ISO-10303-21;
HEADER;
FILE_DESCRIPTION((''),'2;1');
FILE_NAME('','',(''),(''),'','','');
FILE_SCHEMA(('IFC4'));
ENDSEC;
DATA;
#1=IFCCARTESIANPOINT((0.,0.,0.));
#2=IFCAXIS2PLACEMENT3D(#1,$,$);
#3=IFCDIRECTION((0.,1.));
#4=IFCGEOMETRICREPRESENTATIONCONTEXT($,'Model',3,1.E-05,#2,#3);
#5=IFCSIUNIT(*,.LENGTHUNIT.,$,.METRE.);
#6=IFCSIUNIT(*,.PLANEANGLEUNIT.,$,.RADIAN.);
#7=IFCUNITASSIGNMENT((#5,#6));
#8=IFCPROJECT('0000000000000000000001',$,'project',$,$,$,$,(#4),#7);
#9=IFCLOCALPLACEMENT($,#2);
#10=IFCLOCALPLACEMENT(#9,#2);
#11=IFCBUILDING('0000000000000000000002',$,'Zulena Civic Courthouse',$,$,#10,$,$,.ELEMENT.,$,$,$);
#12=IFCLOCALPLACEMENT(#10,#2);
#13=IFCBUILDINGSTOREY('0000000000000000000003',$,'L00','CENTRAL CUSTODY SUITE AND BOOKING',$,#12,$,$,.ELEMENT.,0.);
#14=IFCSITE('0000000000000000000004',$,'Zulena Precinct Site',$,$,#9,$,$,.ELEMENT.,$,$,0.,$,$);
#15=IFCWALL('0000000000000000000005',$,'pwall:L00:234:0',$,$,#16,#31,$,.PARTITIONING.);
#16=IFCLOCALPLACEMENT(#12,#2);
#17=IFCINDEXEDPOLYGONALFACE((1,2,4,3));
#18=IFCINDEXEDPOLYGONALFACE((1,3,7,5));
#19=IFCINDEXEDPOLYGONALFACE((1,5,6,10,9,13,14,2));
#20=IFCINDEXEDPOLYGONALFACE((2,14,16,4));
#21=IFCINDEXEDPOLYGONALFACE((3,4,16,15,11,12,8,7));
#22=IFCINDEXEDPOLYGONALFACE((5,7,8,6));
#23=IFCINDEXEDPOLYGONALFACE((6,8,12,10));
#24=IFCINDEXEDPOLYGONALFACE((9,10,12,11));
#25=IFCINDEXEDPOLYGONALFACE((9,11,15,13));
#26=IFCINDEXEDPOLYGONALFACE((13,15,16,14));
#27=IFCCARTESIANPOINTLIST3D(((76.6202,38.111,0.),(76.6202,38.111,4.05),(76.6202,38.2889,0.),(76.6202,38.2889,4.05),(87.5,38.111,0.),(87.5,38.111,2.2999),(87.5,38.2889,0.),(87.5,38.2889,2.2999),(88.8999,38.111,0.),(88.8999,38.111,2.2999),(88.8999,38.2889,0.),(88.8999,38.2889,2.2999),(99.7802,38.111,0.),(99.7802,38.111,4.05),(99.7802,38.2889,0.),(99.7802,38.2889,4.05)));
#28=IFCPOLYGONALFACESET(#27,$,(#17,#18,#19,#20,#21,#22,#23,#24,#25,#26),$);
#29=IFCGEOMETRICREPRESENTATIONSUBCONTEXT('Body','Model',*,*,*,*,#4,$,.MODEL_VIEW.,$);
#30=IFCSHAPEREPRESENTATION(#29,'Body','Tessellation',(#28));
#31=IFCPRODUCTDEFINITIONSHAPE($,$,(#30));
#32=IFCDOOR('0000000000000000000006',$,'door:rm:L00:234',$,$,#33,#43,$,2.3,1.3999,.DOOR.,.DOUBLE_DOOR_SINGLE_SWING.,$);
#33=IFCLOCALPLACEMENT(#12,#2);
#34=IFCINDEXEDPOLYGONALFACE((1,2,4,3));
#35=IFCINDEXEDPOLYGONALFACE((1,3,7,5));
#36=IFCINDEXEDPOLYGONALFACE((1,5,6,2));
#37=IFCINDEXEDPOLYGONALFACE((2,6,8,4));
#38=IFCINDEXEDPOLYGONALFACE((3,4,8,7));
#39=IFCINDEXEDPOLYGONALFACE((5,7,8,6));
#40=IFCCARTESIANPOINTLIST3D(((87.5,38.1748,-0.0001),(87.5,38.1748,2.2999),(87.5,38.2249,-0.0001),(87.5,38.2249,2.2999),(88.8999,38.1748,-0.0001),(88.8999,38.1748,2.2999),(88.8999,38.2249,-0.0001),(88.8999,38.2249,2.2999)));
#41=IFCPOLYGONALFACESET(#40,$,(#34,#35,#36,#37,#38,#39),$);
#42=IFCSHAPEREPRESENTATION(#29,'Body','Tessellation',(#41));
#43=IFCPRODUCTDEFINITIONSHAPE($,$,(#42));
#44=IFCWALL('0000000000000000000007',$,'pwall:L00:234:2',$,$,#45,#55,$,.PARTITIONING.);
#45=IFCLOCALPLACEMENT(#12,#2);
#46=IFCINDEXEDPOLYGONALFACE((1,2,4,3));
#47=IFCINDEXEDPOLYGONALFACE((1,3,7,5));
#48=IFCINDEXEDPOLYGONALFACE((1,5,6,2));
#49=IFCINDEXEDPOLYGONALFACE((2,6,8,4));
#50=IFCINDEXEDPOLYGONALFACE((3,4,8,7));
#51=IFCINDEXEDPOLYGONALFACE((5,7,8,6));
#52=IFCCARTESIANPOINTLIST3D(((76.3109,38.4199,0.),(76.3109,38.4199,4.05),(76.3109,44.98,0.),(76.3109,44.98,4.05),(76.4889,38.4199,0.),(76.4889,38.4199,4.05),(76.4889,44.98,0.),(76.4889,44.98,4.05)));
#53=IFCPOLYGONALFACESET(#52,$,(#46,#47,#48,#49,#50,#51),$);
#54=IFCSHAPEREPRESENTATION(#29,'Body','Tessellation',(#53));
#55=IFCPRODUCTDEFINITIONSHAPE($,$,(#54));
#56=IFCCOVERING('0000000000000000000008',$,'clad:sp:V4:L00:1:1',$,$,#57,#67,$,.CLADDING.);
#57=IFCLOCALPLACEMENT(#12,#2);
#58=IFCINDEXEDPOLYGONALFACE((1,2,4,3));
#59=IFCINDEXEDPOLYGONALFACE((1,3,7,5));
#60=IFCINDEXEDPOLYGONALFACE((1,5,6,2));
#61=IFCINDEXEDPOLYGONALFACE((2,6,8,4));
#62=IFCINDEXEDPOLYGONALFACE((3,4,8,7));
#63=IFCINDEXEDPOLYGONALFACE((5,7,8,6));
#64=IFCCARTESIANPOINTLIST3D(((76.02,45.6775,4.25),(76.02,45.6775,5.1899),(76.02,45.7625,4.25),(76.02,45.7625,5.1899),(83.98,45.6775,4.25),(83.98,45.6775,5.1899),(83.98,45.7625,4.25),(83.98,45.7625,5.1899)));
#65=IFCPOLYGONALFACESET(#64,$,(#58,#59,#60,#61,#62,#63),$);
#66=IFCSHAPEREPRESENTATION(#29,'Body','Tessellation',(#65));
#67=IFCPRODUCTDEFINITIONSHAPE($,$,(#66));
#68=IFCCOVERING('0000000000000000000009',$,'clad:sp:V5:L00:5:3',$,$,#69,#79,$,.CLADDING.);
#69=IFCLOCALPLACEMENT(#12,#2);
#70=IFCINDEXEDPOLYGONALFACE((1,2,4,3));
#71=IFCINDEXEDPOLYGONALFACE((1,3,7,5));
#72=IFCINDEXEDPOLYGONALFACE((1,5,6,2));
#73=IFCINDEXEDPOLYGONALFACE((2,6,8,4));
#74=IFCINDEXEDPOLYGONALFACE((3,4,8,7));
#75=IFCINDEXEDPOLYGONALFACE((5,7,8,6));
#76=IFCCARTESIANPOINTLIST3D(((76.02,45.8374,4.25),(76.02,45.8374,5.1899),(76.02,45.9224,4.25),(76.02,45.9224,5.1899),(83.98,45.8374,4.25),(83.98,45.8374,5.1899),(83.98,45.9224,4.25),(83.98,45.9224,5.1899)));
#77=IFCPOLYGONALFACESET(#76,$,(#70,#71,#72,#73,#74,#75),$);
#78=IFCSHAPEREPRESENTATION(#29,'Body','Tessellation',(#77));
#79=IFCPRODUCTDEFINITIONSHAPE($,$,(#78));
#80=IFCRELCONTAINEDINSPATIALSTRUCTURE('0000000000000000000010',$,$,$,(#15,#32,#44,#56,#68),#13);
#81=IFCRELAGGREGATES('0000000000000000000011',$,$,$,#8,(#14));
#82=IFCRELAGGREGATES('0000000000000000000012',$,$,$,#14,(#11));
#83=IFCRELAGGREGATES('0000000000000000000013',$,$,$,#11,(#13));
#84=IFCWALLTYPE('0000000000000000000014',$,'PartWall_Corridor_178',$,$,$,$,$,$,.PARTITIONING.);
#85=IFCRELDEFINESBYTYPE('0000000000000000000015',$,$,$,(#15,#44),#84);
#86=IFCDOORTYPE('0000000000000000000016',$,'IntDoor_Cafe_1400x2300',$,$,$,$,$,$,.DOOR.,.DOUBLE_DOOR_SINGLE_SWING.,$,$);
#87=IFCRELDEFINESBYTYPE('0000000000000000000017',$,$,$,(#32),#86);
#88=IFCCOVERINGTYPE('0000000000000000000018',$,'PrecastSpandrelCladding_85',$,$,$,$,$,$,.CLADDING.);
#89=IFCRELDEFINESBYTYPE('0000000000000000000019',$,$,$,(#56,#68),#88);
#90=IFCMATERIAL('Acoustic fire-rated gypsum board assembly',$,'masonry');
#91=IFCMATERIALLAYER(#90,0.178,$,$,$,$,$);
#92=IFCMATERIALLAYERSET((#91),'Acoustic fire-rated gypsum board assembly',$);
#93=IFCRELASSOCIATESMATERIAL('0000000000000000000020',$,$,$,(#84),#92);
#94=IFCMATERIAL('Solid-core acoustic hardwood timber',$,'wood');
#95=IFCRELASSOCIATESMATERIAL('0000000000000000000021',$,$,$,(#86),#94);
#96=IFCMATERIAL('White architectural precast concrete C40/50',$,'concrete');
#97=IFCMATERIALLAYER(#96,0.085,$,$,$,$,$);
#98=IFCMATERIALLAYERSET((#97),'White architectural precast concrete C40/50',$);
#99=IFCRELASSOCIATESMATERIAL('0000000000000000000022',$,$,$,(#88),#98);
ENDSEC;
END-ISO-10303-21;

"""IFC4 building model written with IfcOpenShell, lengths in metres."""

from ifc_helpers import new_model, si_unit, direction, frame, frame_2d, origin, origin_2d, place, context, subcontext, project, spatial, rectangle, extrude, material, layer, layer_set, type_object, element, fill, save


model = new_model("IFC4")

# Units and contexts
model_context = context("Model", 3, precision=1e-05, world=origin(), true_north=direction((0.0, 1.0)))
body_context = subcontext(model_context, "Body", "Model", "MODEL_VIEW")
ifc_project = project(units=[si_unit("LENGTHUNIT", "METRE"), si_unit("PLANEANGLEUNIT", "RADIAN")], contexts=[model_context])

# Site, building, storey
site_placement = place(None, origin())
site = spatial("IfcSite", under=ifc_project, at=site_placement, Name="Zulena Precinct Site", CompositionType="ELEMENT", RefElevation=0.0)
building_placement = place(site_placement, origin())
building = spatial("IfcBuilding", under=site, at=building_placement, Name="Zulena Civic Courthouse", CompositionType="ELEMENT")
storey_placement = place(building_placement, origin())
storey = spatial("IfcBuildingStorey", under=building, at=storey_placement, Name="L00", Description="CENTRAL CUSTODY SUITE AND BOOKING", CompositionType="ELEMENT", Elevation=0.0)

# Wall, opening, door
ifc_material_1 = material(Name="Acoustic fire-rated gypsum board assembly", Category="masonry")
ifc_layer_1 = layer(ifc_material_1, 0.178)
ifc_layer_set_1 = layer_set([ifc_layer_1], Name="Acoustic fire-rated gypsum board assembly")
wall_type_1 = type_object("IfcWallType", Name="PartWall_Corridor_178", PredefinedType="PARTITIONING", material=ifc_layer_set_1)
wall_1_placement = place(storey_placement, frame((76.6201, 38.2, 0.0), z_axis=(0.0, 0.0, 1.0), x_axis=(1.0, 0.0, 0.0)))
wall_1 = element("IfcWall", 1, at=wall_1_placement, inside=storey, type_object=wall_type_1, Name="pwall:L00:234:0", PredefinedType="PARTITIONING", context=body_context, shape_type="SweptSolid", body=[
    extrude(rectangle(XDim=23.1599, YDim=0.178, at=frame_2d((11.5801, 0.0))), origin(), (0.0, 0.0, 1.0), 4.05),
])
opening_1_placement = place(wall_1_placement, frame((10.8799, 0.0, 0.0)))
opening_1 = element("IfcOpeningElement", 2, at=opening_1_placement, cuts=wall_1, PredefinedType="OPENING", context=body_context, shape_type="SweptSolid", body=[
    extrude(rectangle(XDim=1.3999, YDim=2.3, at=frame_2d((0.7, 1.1499))), frame((0.0, 0.0989, 0.0), z_axis=(0.0, -1.0, 0.0), x_axis=(1.0, 0.0, 0.0)), (0.0, 0.0, 1.0), 0.198),
])
ifc_material_2 = material(Name="Solid-core acoustic hardwood timber", Category="wood")
door_type = type_object("IfcDoorType", Name="IntDoor_Cafe_1400x2300", OperationType="DOUBLE_DOOR_SINGLE_SWING", PredefinedType="DOOR", material=ifc_material_2)
door_placement = place(opening_1_placement, origin())
door = element("IfcDoor", 3, at=door_placement, inside=storey, type_object=door_type, Name="door:rm:L00:234", OperationType="DOUBLE_DOOR_SINGLE_SWING", OverallHeight=2.3, OverallWidth=1.3999, PredefinedType="DOOR", context=body_context, shape_type="SweptSolid", body=[
    extrude(rectangle(XDim=1.3999, YDim=2.3, at=frame_2d((0.7, 1.1499))), frame((0.0, 0.0249, 0.0), z_axis=(0.0, -1.0, 0.0), x_axis=(1.0, 0.0, 0.0)), (0.0, 0.0, 1.0), 0.05),
])
fill(opening_1, door)

# Wall
wall_2_placement = place(storey_placement, frame((76.3999, 38.4199, 0.0), z_axis=(0.0, 0.0, 1.0), x_axis=(0.0, 1.0, 0.0)))
element("IfcWall", 4, at=wall_2_placement, inside=storey, type_object=wall_type_1, Name="pwall:L00:234:2", PredefinedType="PARTITIONING", context=body_context, shape_type="SweptSolid", body=[
    extrude(rectangle(XDim=6.5601, YDim=0.178, at=frame_2d((3.28, 0.0))), origin(), (0.0, 0.0, 1.0), 4.05),
])

# Coverings
ifc_material_3 = material(Name="White architectural precast concrete C40/50", Category="concrete")
ifc_layer_2 = layer(ifc_material_3, 0.085)
ifc_layer_set_2 = layer_set([ifc_layer_2], Name="White architectural precast concrete C40/50")
covering_type = type_object("IfcCoveringType", Name="PrecastSpandrelCladding_85", PredefinedType="CLADDING", material=ifc_layer_set_2)
for number, where, z_axis, x_axis, name in (
    (5, (80.0, 45.72, 4.25), (0.0, 0.0, 1.0), (1.0, 0.0, 0.0), "clad:sp:V4:L00:1:1"),
    (6, (80.0, 45.8799, 4.25), (0.0, 0.0, 1.0), (-1.0, 0.0, 0.0), "clad:sp:V5:L00:5:3"),
):
    element("IfcCovering", number, at=place(storey_placement, frame(where, z_axis=z_axis, x_axis=x_axis)), inside=storey, type_object=covering_type, Name=name, PredefinedType="CLADDING", context=body_context, shape_type="SweptSolid", body=[
        extrude(rectangle(XDim=7.96, YDim=0.085, at=origin_2d()), origin(), (0.0, 0.0, 1.0), 0.9399),
    ])

save(model, "model.ifc")
